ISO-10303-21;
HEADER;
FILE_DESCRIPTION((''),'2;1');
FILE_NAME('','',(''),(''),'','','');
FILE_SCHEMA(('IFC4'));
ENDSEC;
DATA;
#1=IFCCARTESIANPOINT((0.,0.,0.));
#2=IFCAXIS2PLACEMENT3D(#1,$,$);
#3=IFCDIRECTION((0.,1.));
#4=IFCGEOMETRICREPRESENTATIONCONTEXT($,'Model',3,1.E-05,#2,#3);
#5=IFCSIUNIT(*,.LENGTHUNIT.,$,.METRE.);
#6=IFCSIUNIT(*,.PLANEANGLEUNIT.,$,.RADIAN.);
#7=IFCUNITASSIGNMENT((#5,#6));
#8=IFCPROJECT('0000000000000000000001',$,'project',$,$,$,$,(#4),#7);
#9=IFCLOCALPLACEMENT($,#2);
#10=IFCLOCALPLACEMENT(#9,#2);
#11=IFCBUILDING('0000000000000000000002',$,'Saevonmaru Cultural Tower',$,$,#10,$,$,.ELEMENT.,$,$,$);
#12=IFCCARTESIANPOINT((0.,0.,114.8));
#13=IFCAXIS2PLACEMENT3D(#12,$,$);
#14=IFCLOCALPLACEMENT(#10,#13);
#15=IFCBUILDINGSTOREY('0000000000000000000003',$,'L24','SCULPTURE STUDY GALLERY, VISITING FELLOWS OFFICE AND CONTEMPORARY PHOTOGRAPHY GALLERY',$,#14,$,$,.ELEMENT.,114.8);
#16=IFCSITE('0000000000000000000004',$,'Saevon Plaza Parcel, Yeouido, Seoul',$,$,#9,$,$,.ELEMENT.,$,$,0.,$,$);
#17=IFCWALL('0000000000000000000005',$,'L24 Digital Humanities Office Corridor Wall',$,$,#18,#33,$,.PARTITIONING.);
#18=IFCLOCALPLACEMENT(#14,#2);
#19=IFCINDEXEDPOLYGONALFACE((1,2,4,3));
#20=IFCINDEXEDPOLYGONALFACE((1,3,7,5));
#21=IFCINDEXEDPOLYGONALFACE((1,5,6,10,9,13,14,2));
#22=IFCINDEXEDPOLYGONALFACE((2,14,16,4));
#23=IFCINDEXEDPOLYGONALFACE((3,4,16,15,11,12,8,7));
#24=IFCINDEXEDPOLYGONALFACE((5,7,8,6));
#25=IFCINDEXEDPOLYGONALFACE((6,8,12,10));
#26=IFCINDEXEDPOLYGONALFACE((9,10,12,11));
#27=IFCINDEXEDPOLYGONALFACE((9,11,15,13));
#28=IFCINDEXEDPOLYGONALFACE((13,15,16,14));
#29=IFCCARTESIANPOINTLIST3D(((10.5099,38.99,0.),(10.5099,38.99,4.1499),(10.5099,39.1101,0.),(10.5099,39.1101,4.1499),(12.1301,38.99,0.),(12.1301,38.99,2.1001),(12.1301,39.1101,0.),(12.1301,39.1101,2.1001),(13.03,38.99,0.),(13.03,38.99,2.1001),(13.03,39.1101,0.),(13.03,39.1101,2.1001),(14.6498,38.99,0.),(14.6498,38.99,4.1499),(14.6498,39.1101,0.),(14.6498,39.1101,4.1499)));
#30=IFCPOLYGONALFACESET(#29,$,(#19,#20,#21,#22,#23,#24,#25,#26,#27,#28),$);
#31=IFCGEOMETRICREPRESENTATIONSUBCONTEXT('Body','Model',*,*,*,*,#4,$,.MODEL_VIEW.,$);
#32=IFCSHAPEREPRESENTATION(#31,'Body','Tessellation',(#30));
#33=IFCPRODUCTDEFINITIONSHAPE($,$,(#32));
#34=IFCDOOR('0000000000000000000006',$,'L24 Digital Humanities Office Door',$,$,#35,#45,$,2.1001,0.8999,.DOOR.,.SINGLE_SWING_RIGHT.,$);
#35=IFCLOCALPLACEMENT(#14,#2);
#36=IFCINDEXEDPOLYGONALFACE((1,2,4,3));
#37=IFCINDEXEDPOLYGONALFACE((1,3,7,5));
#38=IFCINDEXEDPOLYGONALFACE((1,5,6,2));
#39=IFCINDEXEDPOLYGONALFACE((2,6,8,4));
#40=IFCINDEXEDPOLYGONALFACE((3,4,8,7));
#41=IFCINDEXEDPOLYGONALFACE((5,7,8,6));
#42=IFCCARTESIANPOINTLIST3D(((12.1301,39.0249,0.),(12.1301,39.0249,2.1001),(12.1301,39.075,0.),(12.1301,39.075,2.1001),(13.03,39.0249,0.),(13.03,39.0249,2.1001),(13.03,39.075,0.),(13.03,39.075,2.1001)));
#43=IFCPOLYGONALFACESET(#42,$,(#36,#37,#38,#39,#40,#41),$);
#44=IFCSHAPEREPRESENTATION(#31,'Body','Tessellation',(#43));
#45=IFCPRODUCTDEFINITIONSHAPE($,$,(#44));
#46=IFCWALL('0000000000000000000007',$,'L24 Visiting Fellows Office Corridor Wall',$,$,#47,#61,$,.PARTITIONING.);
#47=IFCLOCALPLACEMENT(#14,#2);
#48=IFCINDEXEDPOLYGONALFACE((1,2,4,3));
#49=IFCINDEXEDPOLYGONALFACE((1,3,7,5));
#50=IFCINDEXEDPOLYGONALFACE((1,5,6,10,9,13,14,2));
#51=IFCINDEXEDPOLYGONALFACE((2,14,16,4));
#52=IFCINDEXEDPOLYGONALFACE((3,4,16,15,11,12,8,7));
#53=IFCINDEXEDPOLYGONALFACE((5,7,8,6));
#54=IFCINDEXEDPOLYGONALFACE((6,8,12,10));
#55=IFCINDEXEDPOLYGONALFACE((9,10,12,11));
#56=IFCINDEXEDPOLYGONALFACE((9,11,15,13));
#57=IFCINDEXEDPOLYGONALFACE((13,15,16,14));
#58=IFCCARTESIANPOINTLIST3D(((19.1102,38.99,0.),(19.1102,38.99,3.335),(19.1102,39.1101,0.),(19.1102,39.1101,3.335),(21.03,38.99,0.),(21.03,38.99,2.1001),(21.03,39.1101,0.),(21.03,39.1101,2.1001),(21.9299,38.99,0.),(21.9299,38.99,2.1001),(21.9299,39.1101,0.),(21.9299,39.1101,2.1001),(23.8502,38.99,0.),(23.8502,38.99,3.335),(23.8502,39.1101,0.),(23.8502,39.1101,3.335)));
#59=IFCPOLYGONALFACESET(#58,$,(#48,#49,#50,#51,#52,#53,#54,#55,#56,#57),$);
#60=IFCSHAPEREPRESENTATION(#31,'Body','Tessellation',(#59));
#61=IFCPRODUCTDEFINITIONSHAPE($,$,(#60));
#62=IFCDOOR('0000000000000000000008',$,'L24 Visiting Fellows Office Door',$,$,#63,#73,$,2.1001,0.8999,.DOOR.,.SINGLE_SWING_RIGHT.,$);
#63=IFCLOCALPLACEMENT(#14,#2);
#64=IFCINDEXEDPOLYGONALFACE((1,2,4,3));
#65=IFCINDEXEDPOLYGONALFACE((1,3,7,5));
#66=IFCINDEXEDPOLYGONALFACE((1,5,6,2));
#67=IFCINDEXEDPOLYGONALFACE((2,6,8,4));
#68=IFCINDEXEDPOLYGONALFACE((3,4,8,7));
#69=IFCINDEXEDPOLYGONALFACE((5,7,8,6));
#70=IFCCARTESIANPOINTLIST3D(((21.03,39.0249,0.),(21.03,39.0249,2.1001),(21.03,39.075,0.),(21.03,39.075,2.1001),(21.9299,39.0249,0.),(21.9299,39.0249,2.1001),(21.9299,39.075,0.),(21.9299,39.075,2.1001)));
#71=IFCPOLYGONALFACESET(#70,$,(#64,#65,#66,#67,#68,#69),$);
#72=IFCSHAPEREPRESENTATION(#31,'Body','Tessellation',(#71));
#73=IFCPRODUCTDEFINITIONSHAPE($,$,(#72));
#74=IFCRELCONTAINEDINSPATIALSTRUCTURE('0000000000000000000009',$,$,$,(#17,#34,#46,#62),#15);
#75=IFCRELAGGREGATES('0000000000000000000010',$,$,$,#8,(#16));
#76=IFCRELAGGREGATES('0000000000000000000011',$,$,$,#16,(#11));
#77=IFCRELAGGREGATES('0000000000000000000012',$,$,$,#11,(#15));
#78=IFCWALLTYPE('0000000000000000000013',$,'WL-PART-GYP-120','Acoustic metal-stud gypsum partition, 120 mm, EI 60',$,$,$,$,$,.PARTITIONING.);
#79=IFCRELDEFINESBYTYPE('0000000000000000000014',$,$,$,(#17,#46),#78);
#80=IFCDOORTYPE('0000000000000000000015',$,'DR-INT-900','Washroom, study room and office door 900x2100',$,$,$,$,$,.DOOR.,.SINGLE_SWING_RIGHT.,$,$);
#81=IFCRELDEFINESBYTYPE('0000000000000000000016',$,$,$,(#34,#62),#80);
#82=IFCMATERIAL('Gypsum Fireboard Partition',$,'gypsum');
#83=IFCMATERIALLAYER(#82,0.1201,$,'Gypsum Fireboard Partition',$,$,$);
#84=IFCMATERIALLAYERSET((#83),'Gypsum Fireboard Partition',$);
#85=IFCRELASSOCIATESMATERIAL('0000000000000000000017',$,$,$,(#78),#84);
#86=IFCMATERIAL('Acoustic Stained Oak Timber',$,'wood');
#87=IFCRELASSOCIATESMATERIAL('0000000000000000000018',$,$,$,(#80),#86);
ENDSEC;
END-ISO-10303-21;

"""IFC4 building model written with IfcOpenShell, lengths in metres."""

from ifc_helpers import new_model, si_unit, direction, frame, frame_2d, origin, place, context, subcontext, project, spatial, rectangle, extrude, material, layer, layer_set, type_object, element, fill, save


model = new_model("IFC4")

# Units and contexts
model_context = context("Model", 3, precision=1e-05, world=origin(), true_north=direction((0.0, 1.0)))
body_context = subcontext(model_context, "Body", "Model", "MODEL_VIEW")
ifc_project = project(units=[si_unit("LENGTHUNIT", "METRE"), si_unit("PLANEANGLEUNIT", "RADIAN")], contexts=[model_context])

# Site, building, storey
site_placement = place(None, origin())
site = spatial("IfcSite", under=ifc_project, at=site_placement, Name="Saevon Plaza Parcel, Yeouido, Seoul", CompositionType="ELEMENT", RefElevation=0.0)
building_placement = place(site_placement, origin())
building = spatial("IfcBuilding", under=site, at=building_placement, Name="Saevonmaru Cultural Tower", CompositionType="ELEMENT")
storey_placement = place(building_placement, frame((0.0, 0.0, 114.8)))
storey = spatial("IfcBuildingStorey", under=building, at=storey_placement, Name="L24", Description="SCULPTURE STUDY GALLERY, VISITING FELLOWS OFFICE AND CONTEMPORARY PHOTOGRAPHY GALLERY", CompositionType="ELEMENT", Elevation=114.8)

# Shared definitions
ifc_material_1 = material(Name="Gypsum Fireboard Partition", Category="gypsum")

# Shared definitions
ifc_layer_1 = layer(ifc_material_1, 0.1201, Name="Gypsum Fireboard Partition")
ifc_layer_set_1 = layer_set([ifc_layer_1], Name="Gypsum Fireboard Partition")
wall_type_1 = type_object("IfcWallType", Name="WL-PART-GYP-120", Description="Acoustic metal-stud gypsum partition, 120 mm, EI 60", PredefinedType="PARTITIONING", material=ifc_layer_set_1)

# Walls, openings, doors
ifc_material_2 = material(Name="Acoustic Stained Oak Timber", Category="wood")
door_type_1 = type_object("IfcDoorType", Name="DR-INT-900", Description="Washroom, study room and office door 900x2100", OperationType="SINGLE_SWING_RIGHT", PredefinedType="DOOR", material=ifc_material_2)
wall_1_placement = place(storey_placement, frame((10.51, 39.05, 0.0), z_axis=(0.0, 0.0, 1.0), x_axis=(1.0, 0.0, 0.0)))
wall_1 = element("IfcWall", 1, at=wall_1_placement, inside=storey, type_object=wall_type_1, Name="L24 Digital Humanities Office Corridor Wall", PredefinedType="PARTITIONING", context=body_context, shape_type="SweptSolid", body=[
    extrude(rectangle(XDim=4.1399, YDim=0.1201, at=frame_2d((2.0698, 0.0))), origin(), (0.0, 0.0, 1.0), 4.1499),
])
opening_1_placement = place(wall_1_placement, frame((1.6201, 0.0, 0.0)))
opening_1 = element("IfcOpeningElement", 2, at=opening_1_placement, cuts=wall_1, PredefinedType="OPENING", context=body_context, shape_type="SweptSolid", body=[
    extrude(rectangle(XDim=0.8999, YDim=2.1001, at=frame_2d((0.45, 1.05))), frame((0.0, 0.0701, 0.0), z_axis=(0.0, -1.0, 0.0), x_axis=(1.0, 0.0, 0.0)), (0.0, 0.0, 1.0), 0.1401),
])
door_1_placement = place(opening_1_placement, origin())
door_1 = element("IfcDoor", 3, at=door_1_placement, inside=storey, type_object=door_type_1, Name="L24 Digital Humanities Office Door", OperationType="SINGLE_SWING_RIGHT", OverallHeight=2.1001, OverallWidth=0.8999, PredefinedType="DOOR", context=body_context, shape_type="SweptSolid", body=[
    extrude(rectangle(XDim=0.8999, YDim=2.1001, at=frame_2d((0.45, 1.05))), frame((0.0, 0.0249, 0.0), z_axis=(0.0, -1.0, 0.0), x_axis=(1.0, 0.0, 0.0)), (0.0, 0.0, 1.0), 0.05),
])
fill(opening_1, door_1)
wall_2_placement = place(storey_placement, frame((19.1101, 39.05, 0.0), z_axis=(0.0, 0.0, 1.0), x_axis=(1.0, 0.0, 0.0)))
wall_2 = element("IfcWall", 4, at=wall_2_placement, inside=storey, type_object=wall_type_1, Name="L24 Visiting Fellows Office Corridor Wall", PredefinedType="PARTITIONING", context=body_context, shape_type="SweptSolid", body=[
    extrude(rectangle(XDim=4.74, YDim=0.1201, at=frame_2d((2.3701, 0.0))), origin(), (0.0, 0.0, 1.0), 3.335),
])
opening_2_placement = place(wall_2_placement, frame((1.9199, 0.0, 0.0)))
opening_2 = element("IfcOpeningElement", 5, at=opening_2_placement, cuts=wall_2, PredefinedType="OPENING", context=body_context, shape_type="SweptSolid", body=[
    extrude(rectangle(XDim=0.8999, YDim=2.1001, at=frame_2d((0.45, 1.05))), frame((0.0, 0.0701, 0.0), z_axis=(0.0, -1.0, 0.0), x_axis=(1.0, 0.0, 0.0)), (0.0, 0.0, 1.0), 0.1401),
])
door_2_placement = place(opening_2_placement, origin())
door_2 = element("IfcDoor", 6, at=door_2_placement, inside=storey, type_object=door_type_1, Name="L24 Visiting Fellows Office Door", OperationType="SINGLE_SWING_RIGHT", OverallHeight=2.1001, OverallWidth=0.8999, PredefinedType="DOOR", context=body_context, shape_type="SweptSolid", body=[
    extrude(rectangle(XDim=0.8999, YDim=2.1001, at=frame_2d((0.45, 1.05))), frame((0.0, 0.0249, 0.0), z_axis=(0.0, -1.0, 0.0), x_axis=(1.0, 0.0, 0.0)), (0.0, 0.0, 1.0), 0.05),
])
fill(opening_2, door_2)

save(model, "model.ifc")
